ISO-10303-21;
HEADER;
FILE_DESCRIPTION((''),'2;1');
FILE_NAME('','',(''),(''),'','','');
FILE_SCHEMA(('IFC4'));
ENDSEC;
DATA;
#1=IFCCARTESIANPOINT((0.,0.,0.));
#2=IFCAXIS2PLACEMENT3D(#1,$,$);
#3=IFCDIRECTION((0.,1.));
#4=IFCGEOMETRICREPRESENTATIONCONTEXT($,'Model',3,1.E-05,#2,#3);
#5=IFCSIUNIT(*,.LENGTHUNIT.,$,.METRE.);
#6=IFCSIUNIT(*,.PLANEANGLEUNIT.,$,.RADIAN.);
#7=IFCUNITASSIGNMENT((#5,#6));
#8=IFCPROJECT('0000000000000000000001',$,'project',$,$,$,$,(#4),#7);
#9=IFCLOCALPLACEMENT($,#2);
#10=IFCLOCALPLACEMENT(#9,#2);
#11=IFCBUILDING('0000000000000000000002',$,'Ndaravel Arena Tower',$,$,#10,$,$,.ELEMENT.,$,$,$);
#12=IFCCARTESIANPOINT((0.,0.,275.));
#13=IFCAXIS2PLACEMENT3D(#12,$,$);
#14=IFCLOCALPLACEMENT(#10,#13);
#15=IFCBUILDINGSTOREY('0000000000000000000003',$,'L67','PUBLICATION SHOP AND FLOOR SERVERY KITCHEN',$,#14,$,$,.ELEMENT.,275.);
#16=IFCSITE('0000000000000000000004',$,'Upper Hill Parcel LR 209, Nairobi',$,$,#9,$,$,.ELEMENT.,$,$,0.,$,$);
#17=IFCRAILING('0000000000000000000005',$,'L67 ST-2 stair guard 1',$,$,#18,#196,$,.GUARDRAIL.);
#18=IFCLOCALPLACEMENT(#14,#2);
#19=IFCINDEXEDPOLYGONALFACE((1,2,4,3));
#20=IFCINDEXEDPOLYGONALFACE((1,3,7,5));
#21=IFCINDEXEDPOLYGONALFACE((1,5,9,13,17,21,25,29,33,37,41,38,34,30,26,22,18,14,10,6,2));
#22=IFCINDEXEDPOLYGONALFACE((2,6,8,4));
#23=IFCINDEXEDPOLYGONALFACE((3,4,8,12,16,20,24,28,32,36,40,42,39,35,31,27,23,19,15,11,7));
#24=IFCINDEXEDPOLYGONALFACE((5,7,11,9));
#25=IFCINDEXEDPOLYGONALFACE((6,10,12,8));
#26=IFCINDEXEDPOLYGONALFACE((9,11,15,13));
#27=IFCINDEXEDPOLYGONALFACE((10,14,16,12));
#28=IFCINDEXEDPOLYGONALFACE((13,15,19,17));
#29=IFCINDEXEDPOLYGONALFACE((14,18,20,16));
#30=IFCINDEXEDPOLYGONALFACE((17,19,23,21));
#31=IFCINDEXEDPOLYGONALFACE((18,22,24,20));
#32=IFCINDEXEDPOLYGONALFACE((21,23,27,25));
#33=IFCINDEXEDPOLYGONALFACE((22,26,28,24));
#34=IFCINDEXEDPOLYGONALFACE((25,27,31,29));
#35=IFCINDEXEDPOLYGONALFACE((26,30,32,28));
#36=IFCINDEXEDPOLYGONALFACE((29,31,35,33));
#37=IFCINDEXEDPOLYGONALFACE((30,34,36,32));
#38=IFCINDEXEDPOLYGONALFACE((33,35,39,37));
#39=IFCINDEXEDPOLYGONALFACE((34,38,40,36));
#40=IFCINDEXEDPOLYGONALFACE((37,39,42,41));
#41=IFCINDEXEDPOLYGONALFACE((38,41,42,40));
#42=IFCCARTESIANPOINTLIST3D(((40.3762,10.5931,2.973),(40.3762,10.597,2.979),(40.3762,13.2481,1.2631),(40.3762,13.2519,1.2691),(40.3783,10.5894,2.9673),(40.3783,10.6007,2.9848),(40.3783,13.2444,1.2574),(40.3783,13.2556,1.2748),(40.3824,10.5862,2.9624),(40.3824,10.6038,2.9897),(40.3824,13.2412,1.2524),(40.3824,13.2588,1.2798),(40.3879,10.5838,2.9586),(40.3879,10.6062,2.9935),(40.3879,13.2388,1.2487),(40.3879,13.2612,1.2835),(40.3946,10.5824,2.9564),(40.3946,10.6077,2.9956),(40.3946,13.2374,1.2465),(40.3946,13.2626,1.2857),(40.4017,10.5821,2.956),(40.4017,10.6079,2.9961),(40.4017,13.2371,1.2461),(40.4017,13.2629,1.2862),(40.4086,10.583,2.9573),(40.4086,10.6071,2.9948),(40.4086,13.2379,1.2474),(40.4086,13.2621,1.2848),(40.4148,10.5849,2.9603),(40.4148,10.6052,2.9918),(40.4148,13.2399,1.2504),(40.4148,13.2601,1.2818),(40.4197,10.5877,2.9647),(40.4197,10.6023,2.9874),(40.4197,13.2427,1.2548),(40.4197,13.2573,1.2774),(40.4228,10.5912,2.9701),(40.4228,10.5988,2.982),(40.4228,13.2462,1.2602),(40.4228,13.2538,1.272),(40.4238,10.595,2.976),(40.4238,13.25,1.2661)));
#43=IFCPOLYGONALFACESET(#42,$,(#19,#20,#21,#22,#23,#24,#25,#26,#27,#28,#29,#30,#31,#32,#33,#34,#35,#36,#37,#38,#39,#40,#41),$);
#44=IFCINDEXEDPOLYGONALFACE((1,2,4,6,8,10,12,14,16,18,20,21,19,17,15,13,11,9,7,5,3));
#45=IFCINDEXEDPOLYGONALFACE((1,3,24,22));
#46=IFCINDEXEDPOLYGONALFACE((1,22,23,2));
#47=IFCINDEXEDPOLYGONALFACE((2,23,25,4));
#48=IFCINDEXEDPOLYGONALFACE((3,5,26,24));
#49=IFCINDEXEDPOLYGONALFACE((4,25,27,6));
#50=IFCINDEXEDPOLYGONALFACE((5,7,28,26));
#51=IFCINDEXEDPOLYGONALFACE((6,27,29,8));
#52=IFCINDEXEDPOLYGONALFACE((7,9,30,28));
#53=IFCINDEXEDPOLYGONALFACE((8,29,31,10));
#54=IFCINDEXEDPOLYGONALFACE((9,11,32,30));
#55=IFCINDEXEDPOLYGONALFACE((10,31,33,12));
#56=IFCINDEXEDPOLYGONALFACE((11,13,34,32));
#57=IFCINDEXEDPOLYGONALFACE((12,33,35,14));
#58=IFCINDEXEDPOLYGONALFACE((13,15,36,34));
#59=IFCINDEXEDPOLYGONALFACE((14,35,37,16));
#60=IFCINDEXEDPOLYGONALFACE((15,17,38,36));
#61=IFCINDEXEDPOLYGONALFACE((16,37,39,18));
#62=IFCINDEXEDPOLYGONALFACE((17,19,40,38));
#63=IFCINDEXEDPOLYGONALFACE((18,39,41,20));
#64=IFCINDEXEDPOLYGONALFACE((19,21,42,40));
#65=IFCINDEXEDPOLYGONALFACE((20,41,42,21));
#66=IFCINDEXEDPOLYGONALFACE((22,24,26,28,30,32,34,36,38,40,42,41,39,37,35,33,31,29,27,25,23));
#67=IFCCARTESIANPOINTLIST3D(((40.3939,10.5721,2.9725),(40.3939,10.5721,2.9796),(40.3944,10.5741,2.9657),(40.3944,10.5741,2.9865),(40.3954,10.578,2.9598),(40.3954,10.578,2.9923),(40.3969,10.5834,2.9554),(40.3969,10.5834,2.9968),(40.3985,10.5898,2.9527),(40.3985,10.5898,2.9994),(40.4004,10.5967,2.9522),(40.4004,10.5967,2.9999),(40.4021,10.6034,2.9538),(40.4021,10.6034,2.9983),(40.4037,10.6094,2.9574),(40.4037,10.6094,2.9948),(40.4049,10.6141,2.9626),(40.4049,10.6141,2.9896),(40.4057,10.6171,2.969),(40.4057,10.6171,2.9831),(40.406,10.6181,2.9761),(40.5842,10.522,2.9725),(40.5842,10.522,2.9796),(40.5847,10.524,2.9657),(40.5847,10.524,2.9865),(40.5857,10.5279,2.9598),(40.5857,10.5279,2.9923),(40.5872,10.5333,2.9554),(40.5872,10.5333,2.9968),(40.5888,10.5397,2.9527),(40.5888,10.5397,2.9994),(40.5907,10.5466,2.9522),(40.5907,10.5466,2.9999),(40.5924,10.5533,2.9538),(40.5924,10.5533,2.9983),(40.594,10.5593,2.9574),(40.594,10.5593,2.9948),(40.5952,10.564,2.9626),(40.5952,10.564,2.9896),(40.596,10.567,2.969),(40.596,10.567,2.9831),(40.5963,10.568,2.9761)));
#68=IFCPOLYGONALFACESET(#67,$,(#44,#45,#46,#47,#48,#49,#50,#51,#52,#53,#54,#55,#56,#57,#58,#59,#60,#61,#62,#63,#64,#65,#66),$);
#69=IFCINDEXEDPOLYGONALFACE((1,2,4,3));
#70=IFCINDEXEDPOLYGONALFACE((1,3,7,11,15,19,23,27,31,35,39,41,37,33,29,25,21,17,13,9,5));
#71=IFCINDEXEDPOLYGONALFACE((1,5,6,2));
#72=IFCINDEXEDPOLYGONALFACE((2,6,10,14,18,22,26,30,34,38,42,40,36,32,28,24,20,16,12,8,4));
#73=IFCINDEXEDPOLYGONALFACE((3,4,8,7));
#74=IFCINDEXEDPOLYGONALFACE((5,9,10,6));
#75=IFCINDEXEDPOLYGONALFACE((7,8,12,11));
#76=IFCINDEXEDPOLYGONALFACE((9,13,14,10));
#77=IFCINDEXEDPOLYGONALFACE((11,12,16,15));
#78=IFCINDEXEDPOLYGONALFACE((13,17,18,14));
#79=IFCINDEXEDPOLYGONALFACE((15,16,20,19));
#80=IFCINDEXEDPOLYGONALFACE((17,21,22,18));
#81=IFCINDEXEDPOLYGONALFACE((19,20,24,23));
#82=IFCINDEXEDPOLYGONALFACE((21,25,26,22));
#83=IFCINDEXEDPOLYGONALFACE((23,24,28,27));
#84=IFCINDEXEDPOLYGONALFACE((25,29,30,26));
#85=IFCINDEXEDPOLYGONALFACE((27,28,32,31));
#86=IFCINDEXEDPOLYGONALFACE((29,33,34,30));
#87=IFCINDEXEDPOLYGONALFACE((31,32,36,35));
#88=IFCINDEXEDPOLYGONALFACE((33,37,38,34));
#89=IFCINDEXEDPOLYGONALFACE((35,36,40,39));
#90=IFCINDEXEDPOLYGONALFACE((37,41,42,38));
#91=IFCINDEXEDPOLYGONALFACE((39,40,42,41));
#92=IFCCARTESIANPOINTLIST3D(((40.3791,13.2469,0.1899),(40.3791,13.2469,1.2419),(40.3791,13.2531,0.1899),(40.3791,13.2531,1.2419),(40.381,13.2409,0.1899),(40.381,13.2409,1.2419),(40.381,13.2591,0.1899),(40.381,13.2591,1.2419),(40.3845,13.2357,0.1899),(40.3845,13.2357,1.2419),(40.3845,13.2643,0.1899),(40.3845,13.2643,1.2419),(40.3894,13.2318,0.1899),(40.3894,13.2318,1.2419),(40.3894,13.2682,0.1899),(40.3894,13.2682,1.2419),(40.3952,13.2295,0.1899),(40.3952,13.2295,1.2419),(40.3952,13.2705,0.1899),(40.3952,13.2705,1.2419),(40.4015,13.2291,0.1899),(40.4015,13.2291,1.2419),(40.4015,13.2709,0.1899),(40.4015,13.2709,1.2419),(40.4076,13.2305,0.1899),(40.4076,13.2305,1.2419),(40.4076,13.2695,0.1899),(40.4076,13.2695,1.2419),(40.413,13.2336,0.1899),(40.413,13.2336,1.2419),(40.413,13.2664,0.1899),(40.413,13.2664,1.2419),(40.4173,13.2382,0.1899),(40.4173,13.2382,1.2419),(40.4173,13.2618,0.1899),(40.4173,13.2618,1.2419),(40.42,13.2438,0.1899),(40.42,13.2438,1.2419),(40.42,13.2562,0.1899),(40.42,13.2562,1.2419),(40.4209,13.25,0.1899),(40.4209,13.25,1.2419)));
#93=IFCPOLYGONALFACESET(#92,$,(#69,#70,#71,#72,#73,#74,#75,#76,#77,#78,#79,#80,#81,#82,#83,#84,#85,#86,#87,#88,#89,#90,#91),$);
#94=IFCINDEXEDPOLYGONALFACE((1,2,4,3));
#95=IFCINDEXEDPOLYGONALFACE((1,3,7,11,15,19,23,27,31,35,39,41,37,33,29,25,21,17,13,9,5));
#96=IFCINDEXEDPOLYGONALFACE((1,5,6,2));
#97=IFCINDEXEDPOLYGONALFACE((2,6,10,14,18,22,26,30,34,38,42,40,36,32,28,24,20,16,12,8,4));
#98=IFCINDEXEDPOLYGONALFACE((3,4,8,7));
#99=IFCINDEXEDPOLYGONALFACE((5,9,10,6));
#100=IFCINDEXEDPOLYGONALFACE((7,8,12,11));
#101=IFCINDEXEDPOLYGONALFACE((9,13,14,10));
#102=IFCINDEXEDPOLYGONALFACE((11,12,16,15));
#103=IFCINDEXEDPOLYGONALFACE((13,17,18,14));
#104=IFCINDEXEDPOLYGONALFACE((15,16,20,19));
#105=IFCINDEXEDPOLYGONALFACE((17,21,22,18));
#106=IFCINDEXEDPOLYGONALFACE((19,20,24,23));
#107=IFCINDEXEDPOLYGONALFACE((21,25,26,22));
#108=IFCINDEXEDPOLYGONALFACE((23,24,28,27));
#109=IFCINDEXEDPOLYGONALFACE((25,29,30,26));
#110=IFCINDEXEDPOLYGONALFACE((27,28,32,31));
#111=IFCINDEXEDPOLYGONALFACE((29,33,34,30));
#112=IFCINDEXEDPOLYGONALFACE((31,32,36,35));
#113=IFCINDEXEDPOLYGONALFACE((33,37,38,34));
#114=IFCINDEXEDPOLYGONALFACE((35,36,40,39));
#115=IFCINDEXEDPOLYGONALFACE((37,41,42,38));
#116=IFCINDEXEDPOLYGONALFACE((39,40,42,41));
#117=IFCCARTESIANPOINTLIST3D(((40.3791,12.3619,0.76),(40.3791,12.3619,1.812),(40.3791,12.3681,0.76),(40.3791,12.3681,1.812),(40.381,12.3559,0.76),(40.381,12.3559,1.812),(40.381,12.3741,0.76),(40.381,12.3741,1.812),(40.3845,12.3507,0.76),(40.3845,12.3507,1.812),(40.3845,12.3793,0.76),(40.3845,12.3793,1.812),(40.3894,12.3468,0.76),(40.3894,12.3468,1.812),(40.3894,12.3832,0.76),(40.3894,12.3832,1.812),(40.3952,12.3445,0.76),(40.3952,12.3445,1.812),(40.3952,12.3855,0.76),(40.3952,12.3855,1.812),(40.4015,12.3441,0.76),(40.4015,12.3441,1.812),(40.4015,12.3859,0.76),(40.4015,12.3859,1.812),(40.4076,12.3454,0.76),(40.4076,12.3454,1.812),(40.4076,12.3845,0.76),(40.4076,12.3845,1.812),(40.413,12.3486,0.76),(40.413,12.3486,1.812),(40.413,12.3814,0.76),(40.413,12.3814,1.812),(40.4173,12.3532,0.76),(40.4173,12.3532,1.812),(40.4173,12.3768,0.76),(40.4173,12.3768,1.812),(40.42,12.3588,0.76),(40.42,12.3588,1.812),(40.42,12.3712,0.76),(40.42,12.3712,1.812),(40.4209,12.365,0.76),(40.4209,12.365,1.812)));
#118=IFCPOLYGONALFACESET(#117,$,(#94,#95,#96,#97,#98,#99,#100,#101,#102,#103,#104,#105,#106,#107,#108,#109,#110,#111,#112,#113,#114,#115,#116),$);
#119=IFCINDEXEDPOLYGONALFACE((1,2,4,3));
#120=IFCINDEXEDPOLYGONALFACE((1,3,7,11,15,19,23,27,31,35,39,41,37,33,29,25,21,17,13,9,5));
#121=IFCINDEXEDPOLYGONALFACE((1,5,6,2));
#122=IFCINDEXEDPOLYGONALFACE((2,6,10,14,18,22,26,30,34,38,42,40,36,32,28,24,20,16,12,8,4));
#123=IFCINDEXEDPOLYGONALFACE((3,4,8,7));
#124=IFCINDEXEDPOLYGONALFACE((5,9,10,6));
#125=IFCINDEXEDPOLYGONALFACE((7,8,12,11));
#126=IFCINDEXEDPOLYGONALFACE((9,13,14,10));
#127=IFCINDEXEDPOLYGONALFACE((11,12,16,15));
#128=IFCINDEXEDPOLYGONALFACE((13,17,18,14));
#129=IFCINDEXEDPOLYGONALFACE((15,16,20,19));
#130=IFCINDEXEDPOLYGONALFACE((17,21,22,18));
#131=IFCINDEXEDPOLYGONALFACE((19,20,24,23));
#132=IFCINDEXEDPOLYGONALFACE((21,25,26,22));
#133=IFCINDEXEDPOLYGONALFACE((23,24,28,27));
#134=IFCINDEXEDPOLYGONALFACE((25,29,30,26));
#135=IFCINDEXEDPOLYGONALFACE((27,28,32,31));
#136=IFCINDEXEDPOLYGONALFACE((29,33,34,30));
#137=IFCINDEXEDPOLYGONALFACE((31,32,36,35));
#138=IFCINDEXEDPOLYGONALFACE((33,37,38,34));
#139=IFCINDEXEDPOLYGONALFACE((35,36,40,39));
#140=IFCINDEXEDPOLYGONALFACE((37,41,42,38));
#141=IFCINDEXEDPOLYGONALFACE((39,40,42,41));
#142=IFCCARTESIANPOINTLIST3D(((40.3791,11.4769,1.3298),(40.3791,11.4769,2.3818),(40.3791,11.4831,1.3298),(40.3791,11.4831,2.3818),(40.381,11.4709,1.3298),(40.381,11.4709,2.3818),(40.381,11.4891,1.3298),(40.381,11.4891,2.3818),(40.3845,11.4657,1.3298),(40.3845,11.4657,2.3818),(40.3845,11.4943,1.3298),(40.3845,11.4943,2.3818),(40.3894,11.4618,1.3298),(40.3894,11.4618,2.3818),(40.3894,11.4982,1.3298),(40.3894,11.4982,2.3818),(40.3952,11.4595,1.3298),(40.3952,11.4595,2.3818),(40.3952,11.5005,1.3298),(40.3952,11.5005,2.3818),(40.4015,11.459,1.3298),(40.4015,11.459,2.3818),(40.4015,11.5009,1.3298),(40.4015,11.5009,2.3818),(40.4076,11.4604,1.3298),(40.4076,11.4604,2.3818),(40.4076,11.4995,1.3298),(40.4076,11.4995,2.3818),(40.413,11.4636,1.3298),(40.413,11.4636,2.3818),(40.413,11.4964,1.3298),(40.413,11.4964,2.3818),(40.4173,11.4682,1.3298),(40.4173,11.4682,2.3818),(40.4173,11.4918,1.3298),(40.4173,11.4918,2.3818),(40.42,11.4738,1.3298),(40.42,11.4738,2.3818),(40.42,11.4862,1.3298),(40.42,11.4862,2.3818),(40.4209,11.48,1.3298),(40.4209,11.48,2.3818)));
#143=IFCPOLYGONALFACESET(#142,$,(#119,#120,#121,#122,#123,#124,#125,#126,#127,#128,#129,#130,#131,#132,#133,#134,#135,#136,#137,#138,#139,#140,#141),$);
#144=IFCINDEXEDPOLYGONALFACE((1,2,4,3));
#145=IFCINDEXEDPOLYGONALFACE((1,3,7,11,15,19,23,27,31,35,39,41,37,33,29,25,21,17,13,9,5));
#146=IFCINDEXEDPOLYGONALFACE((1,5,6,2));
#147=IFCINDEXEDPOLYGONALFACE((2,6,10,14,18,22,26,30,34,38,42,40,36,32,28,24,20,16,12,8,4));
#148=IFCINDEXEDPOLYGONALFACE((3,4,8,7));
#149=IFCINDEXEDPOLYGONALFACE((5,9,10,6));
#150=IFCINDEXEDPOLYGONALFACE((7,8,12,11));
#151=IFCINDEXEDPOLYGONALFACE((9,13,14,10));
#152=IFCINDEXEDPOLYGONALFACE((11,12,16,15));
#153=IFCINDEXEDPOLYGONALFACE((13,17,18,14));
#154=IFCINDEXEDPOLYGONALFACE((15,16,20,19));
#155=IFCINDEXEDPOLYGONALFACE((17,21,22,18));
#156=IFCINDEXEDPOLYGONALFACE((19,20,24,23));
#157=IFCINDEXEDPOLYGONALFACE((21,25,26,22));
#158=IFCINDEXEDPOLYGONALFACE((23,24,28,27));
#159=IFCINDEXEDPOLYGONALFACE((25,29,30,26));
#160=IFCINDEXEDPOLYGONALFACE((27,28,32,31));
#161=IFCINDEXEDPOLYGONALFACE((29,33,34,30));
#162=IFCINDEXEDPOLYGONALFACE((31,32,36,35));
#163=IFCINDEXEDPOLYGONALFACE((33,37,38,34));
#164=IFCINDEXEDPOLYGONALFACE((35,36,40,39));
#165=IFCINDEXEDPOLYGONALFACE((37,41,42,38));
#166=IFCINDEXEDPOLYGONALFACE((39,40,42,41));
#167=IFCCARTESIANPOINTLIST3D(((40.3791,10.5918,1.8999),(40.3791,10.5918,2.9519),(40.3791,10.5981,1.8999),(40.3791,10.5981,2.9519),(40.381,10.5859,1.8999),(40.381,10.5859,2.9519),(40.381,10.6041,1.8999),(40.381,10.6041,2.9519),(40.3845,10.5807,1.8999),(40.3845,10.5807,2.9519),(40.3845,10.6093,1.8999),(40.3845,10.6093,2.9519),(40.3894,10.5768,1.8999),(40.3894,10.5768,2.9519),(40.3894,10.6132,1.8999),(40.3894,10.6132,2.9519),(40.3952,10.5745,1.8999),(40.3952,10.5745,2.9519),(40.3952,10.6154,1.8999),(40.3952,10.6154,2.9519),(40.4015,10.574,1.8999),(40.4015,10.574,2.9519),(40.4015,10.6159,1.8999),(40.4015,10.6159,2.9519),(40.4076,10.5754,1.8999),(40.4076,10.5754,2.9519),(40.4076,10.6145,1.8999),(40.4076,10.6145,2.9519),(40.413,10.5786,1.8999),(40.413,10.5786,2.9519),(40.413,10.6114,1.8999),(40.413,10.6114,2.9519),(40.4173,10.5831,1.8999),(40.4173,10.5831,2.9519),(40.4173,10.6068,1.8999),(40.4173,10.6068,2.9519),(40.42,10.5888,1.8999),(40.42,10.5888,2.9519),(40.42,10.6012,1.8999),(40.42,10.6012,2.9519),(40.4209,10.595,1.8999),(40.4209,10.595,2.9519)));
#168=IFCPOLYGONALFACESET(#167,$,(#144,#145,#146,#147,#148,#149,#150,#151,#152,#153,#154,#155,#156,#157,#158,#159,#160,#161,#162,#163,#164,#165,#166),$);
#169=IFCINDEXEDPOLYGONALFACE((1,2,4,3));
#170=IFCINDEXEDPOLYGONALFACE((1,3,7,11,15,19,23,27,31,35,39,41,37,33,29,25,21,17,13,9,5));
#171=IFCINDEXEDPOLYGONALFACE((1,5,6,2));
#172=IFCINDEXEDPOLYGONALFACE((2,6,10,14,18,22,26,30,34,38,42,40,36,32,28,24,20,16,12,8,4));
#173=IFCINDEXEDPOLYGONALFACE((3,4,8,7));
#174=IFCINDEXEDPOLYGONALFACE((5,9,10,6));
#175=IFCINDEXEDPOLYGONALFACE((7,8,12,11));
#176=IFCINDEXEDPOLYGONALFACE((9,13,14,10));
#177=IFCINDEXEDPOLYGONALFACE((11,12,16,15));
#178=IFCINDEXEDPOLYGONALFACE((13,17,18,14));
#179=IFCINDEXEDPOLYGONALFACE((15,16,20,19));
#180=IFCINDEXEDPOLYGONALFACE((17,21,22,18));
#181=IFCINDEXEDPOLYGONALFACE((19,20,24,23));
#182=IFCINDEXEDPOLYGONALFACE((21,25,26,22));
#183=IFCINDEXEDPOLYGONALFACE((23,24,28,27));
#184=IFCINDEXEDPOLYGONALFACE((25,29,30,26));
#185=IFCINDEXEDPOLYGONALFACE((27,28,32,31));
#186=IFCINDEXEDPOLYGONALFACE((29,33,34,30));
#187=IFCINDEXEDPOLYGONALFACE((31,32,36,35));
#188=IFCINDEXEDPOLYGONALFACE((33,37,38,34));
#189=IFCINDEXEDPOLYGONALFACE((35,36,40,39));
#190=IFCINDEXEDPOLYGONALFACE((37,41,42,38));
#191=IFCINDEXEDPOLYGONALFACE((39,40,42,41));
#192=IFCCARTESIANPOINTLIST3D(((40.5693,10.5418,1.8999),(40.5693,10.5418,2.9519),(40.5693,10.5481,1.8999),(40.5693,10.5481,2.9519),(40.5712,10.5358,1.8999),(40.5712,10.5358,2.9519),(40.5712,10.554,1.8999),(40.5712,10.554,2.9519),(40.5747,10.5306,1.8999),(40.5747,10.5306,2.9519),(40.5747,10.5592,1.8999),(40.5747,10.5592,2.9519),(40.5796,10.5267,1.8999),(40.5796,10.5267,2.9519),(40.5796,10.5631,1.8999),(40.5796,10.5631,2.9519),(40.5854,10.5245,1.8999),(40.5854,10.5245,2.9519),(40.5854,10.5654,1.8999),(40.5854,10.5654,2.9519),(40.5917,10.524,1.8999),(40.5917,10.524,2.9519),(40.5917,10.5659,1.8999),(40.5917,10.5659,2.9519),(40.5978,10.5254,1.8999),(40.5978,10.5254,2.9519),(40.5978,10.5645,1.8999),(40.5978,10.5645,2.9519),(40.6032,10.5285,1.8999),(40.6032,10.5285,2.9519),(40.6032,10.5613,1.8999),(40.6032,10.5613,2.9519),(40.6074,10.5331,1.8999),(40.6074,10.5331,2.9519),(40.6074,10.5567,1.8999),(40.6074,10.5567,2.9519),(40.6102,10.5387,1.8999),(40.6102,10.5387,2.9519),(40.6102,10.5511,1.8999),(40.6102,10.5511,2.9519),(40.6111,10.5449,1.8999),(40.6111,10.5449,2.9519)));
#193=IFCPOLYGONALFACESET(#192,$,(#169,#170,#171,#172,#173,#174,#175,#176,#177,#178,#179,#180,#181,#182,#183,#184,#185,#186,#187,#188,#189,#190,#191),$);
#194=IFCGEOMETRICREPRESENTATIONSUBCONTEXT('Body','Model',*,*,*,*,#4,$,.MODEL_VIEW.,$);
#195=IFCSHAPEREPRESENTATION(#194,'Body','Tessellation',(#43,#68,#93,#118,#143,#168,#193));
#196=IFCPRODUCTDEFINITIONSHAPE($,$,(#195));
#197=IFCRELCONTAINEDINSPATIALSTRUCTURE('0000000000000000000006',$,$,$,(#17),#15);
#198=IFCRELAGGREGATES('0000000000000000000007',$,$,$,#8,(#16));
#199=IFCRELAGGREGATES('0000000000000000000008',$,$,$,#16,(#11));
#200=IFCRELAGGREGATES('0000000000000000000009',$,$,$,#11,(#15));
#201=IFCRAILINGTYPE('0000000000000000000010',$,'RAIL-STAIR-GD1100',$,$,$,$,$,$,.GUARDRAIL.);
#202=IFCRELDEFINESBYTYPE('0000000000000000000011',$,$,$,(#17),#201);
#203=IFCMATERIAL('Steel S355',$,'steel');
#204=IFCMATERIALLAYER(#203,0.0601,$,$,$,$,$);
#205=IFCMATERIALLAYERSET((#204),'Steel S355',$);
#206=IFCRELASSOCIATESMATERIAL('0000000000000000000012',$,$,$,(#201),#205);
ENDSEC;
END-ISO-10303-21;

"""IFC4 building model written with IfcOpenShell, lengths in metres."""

from ifc_helpers import new_model, si_unit, direction, frame, origin, origin_2d, place, context, subcontext, project, spatial, circle, extrude, material, layer, layer_set, type_object, element, save


model = new_model("IFC4")

# Units and contexts
model_context = context("Model", 3, precision=1e-05, world=origin(), true_north=direction((0.0, 1.0)))
body_context = subcontext(model_context, "Body", "Model", "MODEL_VIEW")
ifc_project = project(units=[si_unit("LENGTHUNIT", "METRE"), si_unit("PLANEANGLEUNIT", "RADIAN")], contexts=[model_context])

# Site, building, storey
site_placement = place(None, origin())
site = spatial("IfcSite", under=ifc_project, at=site_placement, Name="Upper Hill Parcel LR 209, Nairobi", CompositionType="ELEMENT", RefElevation=0.0)
building_placement = place(site_placement, origin())
building = spatial("IfcBuilding", under=site, at=building_placement, Name="Ndaravel Arena Tower", CompositionType="ELEMENT")
storey_placement = place(building_placement, frame((0.0, 0.0, 275.0)))
storey = spatial("IfcBuildingStorey", under=building, at=storey_placement, Name="L67", Description="PUBLICATION SHOP AND FLOOR SERVERY KITCHEN", CompositionType="ELEMENT", Elevation=275.0)

# Railing
ifc_material_1 = material(Name="Steel S355", Category="steel")
ifc_layer_1 = layer(ifc_material_1, 0.0601)
ifc_layer_set_1 = layer_set([ifc_layer_1], Name="Steel S355")
railing_type_1 = type_object("IfcRailingType", Name="RAIL-STAIR-GD1100", PredefinedType="GUARDRAIL", material=ifc_layer_set_1)
railing_1_placement = place(storey_placement, frame((40.3999, 13.25, 0.1899)))
element("IfcRailing", 1, at=railing_1_placement, inside=storey, type_object=railing_type_1, Name="L67 ST-2 stair guard 1", PredefinedType="GUARDRAIL", context=body_context, shape_type="SweptSolid", body=[
    extrude(circle(Radius=0.0239, at=origin_2d()), frame((0.0, 0.0, 1.0762), z_axis=(0.0, -0.840724, 0.541465), x_axis=(1.0, 0.0, 0.0)), (0.0, 0.0, 1.0), 3.158),
    extrude(circle(Radius=0.0239, at=origin_2d()), frame((0.0, -2.655, 2.7861), z_axis=(0.967075, -0.254493, 0.0), x_axis=(0.254493, 0.967075, 0.0)), (0.0, 0.0, 1.0), 0.1968),
    extrude(circle(Radius=0.021, at=origin_2d()), origin(), (0.0, 0.0, 1.0), 1.052),
    extrude(circle(Radius=0.021, at=origin_2d()), frame((0.0, -0.885, 0.5701)), (0.0, 0.0, 1.0), 1.052),
    extrude(circle(Radius=0.021, at=origin_2d()), frame((0.0, -1.77, 1.1399)), (0.0, 0.0, 1.0), 1.052),
    extrude(circle(Radius=0.021, at=origin_2d()), frame((0.0, -2.655, 1.71)), (0.0, 0.0, 1.0), 1.052),
    extrude(circle(Radius=0.021, at=origin_2d()), frame((0.1902, -2.7051, 1.71)), (0.0, 0.0, 1.0), 1.052),
])

save(model, "model.ifc")
